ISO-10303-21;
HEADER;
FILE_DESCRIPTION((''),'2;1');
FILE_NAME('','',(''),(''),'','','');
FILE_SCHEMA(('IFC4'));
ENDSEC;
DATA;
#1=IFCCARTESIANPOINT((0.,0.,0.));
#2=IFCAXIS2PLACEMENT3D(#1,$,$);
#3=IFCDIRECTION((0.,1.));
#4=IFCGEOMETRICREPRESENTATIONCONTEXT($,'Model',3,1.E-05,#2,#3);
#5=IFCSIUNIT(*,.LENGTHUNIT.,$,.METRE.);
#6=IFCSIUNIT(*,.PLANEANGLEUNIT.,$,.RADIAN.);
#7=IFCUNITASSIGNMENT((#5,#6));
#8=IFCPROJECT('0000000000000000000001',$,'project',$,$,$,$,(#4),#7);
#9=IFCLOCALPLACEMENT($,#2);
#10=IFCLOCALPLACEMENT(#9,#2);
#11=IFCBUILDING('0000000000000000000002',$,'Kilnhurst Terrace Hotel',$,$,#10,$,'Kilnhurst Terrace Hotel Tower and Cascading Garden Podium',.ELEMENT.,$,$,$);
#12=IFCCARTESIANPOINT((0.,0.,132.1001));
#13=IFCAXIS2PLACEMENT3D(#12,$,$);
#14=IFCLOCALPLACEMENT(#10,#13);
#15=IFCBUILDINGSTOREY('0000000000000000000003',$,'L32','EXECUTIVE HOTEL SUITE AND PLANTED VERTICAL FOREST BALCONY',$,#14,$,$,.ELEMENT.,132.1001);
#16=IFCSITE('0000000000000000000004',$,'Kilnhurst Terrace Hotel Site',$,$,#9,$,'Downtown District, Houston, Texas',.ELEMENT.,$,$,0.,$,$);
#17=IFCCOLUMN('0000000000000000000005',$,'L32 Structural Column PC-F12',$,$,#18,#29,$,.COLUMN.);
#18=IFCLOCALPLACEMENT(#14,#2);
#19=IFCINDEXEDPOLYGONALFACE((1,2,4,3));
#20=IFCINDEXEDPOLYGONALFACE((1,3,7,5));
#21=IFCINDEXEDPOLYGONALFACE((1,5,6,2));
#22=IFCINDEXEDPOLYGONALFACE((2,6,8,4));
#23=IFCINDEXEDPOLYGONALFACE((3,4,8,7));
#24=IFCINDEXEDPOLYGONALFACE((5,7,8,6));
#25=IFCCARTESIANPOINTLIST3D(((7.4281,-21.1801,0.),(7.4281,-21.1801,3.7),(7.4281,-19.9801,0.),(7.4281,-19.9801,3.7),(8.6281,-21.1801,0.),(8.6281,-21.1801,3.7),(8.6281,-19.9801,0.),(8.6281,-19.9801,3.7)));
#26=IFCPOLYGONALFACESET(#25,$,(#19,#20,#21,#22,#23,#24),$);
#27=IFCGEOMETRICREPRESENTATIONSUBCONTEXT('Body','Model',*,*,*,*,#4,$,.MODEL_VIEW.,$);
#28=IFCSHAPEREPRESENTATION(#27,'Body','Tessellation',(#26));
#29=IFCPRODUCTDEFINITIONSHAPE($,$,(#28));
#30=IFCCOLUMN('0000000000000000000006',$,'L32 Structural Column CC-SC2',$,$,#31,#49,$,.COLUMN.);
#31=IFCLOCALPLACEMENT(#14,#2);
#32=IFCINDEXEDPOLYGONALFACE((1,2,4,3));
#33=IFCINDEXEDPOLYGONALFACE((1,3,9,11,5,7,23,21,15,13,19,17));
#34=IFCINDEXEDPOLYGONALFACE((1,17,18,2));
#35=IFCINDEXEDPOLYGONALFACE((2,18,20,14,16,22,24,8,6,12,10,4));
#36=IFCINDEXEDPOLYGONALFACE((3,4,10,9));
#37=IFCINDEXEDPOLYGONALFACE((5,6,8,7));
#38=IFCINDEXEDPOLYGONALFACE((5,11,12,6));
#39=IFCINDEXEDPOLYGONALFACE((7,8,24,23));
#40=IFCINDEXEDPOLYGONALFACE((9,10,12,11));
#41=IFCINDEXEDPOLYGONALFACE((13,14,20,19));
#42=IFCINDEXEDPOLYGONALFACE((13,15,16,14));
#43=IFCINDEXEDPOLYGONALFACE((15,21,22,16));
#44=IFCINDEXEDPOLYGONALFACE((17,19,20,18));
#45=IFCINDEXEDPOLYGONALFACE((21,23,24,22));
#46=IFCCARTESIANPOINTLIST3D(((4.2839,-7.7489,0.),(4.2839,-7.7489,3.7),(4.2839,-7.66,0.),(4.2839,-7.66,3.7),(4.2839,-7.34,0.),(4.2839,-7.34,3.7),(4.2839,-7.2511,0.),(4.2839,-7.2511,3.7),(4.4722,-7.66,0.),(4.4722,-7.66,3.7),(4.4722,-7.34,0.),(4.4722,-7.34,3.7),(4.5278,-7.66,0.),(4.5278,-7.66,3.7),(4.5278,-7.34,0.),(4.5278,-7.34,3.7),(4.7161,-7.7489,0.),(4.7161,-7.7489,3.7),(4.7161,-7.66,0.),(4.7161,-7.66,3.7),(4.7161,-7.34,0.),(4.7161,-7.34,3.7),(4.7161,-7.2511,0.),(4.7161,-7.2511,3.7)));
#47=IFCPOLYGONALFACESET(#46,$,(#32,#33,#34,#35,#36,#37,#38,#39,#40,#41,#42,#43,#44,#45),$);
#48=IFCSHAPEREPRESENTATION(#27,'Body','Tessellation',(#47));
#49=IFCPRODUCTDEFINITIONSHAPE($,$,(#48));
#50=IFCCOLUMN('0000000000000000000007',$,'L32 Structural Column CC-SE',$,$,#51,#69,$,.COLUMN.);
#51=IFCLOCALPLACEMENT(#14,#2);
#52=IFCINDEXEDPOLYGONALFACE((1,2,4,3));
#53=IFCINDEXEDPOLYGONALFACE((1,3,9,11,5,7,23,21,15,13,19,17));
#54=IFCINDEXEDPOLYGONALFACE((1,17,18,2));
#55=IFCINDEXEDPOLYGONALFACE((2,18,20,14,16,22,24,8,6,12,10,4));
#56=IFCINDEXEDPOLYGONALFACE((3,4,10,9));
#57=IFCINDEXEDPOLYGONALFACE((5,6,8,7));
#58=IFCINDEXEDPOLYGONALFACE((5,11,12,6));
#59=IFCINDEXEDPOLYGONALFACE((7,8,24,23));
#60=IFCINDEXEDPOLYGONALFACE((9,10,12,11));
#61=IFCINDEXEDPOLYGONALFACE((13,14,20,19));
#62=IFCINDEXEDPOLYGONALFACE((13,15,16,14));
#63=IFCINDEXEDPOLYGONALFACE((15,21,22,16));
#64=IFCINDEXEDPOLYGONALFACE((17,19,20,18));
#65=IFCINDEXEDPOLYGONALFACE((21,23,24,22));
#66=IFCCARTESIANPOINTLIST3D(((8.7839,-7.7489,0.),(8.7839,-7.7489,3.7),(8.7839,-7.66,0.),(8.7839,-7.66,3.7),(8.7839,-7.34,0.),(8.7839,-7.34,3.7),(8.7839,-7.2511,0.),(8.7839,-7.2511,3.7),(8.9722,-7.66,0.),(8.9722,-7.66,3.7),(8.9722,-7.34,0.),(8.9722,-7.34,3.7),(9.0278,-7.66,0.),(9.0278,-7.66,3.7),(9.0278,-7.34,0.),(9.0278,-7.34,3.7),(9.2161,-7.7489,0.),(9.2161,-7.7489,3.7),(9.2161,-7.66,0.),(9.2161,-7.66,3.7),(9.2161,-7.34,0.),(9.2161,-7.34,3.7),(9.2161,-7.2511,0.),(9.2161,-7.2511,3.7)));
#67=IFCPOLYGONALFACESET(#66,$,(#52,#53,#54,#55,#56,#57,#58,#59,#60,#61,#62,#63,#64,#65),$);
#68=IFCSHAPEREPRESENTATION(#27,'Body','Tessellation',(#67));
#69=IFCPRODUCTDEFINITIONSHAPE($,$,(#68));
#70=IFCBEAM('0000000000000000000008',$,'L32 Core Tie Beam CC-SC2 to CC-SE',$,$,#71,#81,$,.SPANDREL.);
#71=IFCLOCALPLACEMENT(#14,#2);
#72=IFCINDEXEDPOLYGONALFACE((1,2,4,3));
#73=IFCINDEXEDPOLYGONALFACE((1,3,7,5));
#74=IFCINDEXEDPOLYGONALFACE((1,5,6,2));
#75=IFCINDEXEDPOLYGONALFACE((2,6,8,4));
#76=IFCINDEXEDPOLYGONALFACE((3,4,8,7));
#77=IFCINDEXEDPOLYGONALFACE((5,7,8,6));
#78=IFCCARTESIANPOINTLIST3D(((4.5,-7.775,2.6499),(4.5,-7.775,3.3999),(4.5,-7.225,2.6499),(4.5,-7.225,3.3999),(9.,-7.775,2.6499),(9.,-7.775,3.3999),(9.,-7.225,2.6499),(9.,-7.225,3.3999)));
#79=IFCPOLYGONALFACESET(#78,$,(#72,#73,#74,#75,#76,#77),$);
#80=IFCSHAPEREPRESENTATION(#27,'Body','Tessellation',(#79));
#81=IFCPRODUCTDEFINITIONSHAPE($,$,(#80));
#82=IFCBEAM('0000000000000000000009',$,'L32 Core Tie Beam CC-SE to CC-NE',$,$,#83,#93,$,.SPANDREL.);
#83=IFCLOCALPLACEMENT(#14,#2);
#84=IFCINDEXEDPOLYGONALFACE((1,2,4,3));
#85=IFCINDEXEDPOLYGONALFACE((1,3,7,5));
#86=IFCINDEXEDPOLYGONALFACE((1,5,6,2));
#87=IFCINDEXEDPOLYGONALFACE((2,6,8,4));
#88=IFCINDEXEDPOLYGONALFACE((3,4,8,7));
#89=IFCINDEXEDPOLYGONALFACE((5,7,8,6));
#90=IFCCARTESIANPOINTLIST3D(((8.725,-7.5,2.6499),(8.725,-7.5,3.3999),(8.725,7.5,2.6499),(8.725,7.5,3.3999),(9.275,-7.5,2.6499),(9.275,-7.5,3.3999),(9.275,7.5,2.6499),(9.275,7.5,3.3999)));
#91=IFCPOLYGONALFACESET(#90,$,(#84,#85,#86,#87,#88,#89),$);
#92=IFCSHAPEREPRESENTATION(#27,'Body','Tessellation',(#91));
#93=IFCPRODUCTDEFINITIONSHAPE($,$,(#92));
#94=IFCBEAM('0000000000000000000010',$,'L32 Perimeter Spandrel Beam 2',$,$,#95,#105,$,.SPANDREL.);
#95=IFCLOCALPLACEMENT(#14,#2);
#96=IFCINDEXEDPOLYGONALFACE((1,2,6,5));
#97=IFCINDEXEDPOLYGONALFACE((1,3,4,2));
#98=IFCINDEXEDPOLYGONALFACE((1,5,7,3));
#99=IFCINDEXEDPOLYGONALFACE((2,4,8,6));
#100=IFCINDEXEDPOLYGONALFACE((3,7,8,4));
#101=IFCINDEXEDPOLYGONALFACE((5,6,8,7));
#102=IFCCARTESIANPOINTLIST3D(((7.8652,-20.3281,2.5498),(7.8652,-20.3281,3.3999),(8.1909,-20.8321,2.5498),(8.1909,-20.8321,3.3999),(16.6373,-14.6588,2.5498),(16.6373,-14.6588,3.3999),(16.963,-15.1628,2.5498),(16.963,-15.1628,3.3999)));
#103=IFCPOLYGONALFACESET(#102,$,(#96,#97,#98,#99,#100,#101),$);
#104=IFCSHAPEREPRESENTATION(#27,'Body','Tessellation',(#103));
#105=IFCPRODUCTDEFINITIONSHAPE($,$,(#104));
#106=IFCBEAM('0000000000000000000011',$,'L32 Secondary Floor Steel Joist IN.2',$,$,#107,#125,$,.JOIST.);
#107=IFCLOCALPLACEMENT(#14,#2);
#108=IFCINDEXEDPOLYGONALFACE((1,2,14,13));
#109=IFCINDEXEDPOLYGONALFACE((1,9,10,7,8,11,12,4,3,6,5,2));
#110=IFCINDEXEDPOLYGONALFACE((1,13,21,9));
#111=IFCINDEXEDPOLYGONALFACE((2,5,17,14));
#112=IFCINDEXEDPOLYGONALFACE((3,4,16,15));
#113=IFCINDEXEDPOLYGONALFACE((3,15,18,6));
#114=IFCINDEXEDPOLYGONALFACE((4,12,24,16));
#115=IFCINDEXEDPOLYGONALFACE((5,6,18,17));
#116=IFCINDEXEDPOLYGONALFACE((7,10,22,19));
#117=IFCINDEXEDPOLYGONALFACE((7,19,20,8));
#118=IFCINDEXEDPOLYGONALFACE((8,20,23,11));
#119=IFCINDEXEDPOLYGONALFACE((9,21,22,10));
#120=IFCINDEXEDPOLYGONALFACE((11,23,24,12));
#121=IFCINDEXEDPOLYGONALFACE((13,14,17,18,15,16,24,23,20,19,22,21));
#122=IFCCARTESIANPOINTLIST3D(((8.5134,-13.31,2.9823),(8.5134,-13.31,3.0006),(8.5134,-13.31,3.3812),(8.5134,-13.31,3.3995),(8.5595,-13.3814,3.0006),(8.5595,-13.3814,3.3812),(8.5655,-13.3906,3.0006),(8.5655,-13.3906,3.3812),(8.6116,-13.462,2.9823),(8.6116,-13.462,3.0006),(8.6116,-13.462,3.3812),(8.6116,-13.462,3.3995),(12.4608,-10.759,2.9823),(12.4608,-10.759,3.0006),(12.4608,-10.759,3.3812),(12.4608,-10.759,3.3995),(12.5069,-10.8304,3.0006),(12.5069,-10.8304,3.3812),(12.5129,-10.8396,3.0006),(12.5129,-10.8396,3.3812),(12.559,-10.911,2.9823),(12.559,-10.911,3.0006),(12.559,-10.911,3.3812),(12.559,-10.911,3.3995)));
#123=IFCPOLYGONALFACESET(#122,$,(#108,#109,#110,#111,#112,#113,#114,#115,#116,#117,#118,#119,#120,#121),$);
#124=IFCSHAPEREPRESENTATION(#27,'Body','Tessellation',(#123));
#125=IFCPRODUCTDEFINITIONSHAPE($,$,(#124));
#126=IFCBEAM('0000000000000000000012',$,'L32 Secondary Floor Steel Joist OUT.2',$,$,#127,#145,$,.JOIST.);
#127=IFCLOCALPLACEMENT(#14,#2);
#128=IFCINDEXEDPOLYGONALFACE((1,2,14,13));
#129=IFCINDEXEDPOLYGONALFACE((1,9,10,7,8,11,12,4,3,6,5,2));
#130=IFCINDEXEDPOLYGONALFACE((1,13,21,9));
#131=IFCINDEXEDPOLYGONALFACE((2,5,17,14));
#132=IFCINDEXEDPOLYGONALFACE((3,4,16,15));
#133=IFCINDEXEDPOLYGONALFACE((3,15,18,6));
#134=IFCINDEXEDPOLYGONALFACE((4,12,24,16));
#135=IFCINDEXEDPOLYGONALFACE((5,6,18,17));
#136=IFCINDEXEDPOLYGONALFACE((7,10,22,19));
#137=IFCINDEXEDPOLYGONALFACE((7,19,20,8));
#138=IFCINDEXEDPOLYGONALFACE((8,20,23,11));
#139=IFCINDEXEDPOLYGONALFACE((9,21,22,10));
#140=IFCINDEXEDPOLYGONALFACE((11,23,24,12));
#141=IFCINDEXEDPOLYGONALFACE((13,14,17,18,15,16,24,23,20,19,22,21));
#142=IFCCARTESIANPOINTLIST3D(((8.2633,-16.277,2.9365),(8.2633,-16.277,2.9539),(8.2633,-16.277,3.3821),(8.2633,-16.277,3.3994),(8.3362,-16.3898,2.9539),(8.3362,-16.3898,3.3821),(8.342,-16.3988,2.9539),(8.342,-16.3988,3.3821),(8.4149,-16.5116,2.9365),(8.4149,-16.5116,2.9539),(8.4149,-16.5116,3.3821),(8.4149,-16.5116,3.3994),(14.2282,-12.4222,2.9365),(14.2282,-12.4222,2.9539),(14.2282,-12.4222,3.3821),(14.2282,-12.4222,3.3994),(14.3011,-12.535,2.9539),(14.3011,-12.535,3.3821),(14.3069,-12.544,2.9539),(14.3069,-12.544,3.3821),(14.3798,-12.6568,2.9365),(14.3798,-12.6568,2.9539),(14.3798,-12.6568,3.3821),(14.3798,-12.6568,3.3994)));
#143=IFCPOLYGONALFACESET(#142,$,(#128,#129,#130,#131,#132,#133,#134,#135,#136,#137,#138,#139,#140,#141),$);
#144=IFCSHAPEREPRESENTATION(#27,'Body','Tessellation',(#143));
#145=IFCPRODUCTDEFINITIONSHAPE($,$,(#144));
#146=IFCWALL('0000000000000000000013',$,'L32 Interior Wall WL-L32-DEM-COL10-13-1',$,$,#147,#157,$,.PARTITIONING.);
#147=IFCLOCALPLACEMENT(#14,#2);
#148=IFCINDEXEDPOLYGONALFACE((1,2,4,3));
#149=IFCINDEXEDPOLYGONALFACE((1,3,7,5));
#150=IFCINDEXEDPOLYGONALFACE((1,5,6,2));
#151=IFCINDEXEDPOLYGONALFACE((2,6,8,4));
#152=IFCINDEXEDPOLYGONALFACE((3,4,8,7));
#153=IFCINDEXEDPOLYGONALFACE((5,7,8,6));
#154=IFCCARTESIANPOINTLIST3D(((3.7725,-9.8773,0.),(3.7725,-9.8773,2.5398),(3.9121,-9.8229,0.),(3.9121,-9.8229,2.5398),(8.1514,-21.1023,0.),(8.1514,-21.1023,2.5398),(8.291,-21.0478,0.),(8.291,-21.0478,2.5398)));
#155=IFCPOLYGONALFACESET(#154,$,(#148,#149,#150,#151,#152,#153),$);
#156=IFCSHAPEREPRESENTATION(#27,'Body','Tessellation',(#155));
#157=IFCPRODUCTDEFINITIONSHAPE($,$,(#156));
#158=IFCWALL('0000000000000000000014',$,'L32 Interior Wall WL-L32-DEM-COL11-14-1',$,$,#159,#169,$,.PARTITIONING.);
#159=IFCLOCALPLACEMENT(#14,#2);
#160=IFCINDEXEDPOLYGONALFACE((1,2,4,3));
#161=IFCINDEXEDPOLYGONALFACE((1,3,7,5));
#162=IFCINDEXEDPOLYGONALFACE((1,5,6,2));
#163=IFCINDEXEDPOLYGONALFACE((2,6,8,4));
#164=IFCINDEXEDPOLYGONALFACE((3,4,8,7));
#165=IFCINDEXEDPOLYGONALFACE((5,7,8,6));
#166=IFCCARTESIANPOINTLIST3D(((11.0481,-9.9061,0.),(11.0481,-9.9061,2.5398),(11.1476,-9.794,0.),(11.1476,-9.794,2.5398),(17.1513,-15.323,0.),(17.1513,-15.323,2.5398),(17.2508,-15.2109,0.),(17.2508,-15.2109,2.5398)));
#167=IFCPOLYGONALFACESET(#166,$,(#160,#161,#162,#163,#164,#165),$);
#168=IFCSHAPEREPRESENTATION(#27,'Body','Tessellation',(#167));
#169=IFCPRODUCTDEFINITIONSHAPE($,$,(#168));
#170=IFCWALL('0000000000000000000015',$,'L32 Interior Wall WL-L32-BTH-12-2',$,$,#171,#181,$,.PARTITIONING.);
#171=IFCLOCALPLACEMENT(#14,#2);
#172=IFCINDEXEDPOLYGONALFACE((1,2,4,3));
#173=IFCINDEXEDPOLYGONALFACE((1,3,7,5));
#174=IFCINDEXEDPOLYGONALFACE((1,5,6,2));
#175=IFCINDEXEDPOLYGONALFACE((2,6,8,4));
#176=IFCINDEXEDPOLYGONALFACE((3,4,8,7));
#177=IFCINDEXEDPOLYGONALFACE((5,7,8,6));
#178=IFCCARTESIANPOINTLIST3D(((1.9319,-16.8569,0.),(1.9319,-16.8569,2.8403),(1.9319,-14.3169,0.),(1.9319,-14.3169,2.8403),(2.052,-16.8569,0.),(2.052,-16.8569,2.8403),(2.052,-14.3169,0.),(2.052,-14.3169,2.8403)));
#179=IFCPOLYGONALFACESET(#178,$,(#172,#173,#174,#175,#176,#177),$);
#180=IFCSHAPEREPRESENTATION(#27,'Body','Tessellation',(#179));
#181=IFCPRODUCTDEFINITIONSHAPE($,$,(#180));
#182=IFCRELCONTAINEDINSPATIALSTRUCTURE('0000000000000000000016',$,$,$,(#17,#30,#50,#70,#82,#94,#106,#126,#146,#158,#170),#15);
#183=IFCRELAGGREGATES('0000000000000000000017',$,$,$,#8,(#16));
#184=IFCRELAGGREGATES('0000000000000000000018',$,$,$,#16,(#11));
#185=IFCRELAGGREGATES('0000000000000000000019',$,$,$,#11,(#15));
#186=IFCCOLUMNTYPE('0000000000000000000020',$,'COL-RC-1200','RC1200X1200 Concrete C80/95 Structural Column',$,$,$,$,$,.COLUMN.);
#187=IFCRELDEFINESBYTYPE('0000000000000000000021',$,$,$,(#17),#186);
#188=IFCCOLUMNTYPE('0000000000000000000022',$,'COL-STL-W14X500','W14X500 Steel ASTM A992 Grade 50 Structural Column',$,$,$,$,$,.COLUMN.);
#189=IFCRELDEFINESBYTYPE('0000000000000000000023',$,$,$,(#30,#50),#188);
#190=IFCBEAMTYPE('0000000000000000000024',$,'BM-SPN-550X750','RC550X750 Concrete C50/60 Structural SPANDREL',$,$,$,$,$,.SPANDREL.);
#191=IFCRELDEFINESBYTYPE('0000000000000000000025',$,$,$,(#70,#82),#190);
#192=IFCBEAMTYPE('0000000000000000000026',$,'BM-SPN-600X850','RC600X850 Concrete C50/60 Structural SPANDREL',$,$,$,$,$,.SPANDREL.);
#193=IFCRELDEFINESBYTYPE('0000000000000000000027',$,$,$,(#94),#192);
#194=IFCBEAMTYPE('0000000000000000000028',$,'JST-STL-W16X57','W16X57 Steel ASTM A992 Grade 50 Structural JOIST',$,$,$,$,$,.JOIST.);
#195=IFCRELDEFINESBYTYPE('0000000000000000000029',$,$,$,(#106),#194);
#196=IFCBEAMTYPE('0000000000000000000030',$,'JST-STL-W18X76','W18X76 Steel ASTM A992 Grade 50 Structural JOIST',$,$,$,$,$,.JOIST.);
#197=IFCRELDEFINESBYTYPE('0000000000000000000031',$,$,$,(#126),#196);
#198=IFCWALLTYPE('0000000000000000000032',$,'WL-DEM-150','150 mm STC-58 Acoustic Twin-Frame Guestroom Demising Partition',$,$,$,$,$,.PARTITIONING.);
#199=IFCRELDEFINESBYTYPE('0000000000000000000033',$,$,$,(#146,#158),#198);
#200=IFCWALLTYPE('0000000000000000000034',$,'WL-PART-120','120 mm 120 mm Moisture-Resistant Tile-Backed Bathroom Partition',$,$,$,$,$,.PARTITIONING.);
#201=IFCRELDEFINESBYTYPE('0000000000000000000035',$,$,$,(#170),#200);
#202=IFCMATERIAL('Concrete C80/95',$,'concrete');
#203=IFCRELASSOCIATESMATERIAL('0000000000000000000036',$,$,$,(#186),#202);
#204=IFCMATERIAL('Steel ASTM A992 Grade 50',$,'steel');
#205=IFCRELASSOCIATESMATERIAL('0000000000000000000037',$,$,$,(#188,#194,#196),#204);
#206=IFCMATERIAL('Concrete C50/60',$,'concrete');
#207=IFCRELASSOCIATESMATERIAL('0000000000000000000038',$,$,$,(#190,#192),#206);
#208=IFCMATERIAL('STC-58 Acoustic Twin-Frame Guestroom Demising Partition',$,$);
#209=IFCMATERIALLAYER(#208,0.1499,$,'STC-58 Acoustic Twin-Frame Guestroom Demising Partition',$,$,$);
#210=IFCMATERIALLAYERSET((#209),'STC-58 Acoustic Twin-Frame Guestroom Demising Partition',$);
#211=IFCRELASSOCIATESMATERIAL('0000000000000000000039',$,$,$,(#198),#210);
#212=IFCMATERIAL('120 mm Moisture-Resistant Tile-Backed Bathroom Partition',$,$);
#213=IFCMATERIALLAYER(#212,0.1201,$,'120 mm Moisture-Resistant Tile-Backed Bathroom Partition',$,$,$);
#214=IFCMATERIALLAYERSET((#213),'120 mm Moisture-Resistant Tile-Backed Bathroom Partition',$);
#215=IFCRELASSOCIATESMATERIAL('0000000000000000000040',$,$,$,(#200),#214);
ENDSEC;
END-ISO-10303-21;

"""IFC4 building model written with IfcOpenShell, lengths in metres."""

from ifc_helpers import new_model, si_unit, direction, frame, frame_2d, origin, origin_2d, place, context, subcontext, project, spatial, rectangle, i_section, extrude, material, layer, layer_set, material_profile, profile_set, type_object, element, save


model = new_model("IFC4")

# Units and contexts
model_context = context("Model", 3, precision=1e-05, world=origin(), true_north=direction((0.0, 1.0)))
body_context = subcontext(model_context, "Body", "Model", "MODEL_VIEW")
ifc_project = project(units=[si_unit("LENGTHUNIT", "METRE"), si_unit("PLANEANGLEUNIT", "RADIAN")], contexts=[model_context])

# Site, building, storey
site_placement = place(None, origin())
site = spatial("IfcSite", under=ifc_project, at=site_placement, Name="Kilnhurst Terrace Hotel Site", LongName="Downtown District, Houston, Texas", CompositionType="ELEMENT", RefElevation=0.0)
building_placement = place(site_placement, origin())
building = spatial("IfcBuilding", under=site, at=building_placement, Name="Kilnhurst Terrace Hotel", LongName="Kilnhurst Terrace Hotel Tower and Cascading Garden Podium", CompositionType="ELEMENT")
storey_placement = place(building_placement, frame((0.0, 0.0, 132.1001)))
storey = spatial("IfcBuildingStorey", under=building, at=storey_placement, Name="L32", Description="EXECUTIVE HOTEL SUITE AND PLANTED VERTICAL FOREST BALCONY", CompositionType="ELEMENT", Elevation=132.1001)

# Columns
ifc_material_1 = material(Name="Concrete C80/95", Category="concrete")
ifc_material_profile_1 = material_profile(ifc_material_1, rectangle(XDim=1.2, YDim=1.2, at=origin_2d()), Name="RC1200X1200")
ifc_profile_set_1 = profile_set([ifc_material_profile_1], Name="Concrete C80/95")
column_type_1 = type_object("IfcColumnType", Name="COL-RC-1200", Description="RC1200X1200 Concrete C80/95 Structural Column", PredefinedType="COLUMN", material=ifc_profile_set_1)
column_placement = place(storey_placement, frame((8.0281, -20.5801, 0.0), z_axis=(0.0, 0.0, 1.0), x_axis=(1.0, 0.0, 0.0)))
element("IfcColumn", 1, at=column_placement, inside=storey, type_object=column_type_1, Name="L32 Structural Column PC-F12", PredefinedType="COLUMN", context=body_context, shape_type="SweptSolid", body=[
    extrude(rectangle(XDim=1.2, YDim=1.2, at=origin_2d()), origin(), (0.0, 0.0, 1.0), 3.7),
])
ifc_material_2 = material(Name="Steel ASTM A992 Grade 50", Category="steel")
ifc_material_profile_2 = material_profile(ifc_material_2, i_section(OverallWidth=0.4321, OverallDepth=0.4978, WebThickness=0.0557, FlangeThickness=0.0889, at=origin_2d()), Name="W14X500")
ifc_profile_set_2 = profile_set([ifc_material_profile_2], Name="Steel ASTM A992 Grade 50")
column_type_2 = type_object("IfcColumnType", Name="COL-STL-W14X500", Description="W14X500 Steel ASTM A992 Grade 50 Structural Column", PredefinedType="COLUMN", material=ifc_profile_set_2)
for number, where, z_axis, x_axis, name in (
    (2, (4.5, -7.5, 0.0), (0.0, 0.0, 1.0), (1.0, 0.0, 0.0), "L32 Structural Column CC-SC2"),
    (3, (9.0, -7.5, 0.0), (0.0, 0.0, 1.0), (1.0, 0.0, 0.0), "L32 Structural Column CC-SE"),
):
    element("IfcColumn", number, at=place(storey_placement, frame(where, z_axis=z_axis, x_axis=x_axis)), inside=storey, type_object=column_type_2, Name=name, PredefinedType="COLUMN", context=body_context, shape_type="SweptSolid", body=[
        extrude(i_section(OverallWidth=0.4321, OverallDepth=0.4978, WebThickness=0.0557, FlangeThickness=0.0889, at=origin_2d()), origin(), (0.0, 0.0, 1.0), 3.7),
    ])

# Beams
ifc_material_3 = material(Name="Concrete C50/60", Category="concrete")
ifc_material_profile_3 = material_profile(ifc_material_3, rectangle(XDim=0.55, YDim=0.75, at=origin_2d()), Name="RC550X750")
ifc_profile_set_3 = profile_set([ifc_material_profile_3], Name="Concrete C50/60")
beam_type_1 = type_object("IfcBeamType", Name="BM-SPN-550X750", Description="RC550X750 Concrete C50/60 Structural SPANDREL", PredefinedType="SPANDREL", material=ifc_profile_set_3)
beam_1_placement = place(storey_placement, frame((4.5, -7.5, 3.0249), z_axis=(1.0, 0.0, 0.0), x_axis=(0.0, 1.0, 0.0)))
element("IfcBeam", 4, at=beam_1_placement, inside=storey, type_object=beam_type_1, Name="L32 Core Tie Beam CC-SC2 to CC-SE", PredefinedType="SPANDREL", context=body_context, shape_type="SweptSolid", body=[
    extrude(rectangle(XDim=0.55, YDim=0.75, at=origin_2d()), origin(), (0.0, 0.0, 1.0), 4.5),
])
beam_2_placement = place(storey_placement, frame((9.0, -7.5, 3.0249), z_axis=(0.0, 1.0, 0.0), x_axis=(-1.0, 0.0, 0.0)))
element("IfcBeam", 5, at=beam_2_placement, inside=storey, type_object=beam_type_1, Name="L32 Core Tie Beam CC-SE to CC-NE", PredefinedType="SPANDREL", context=body_context, shape_type="SweptSolid", body=[
    extrude(rectangle(XDim=0.55, YDim=0.75, at=origin_2d()), origin(), (0.0, 0.0, 1.0), 15.0),
])
ifc_material_profile_4 = material_profile(ifc_material_3, rectangle(XDim=0.6001, YDim=0.8501, at=origin_2d()), Name="RC600X850")
ifc_profile_set_4 = profile_set([ifc_material_profile_4], Name="Concrete C50/60")
beam_type_2 = type_object("IfcBeamType", Name="BM-SPN-600X850", Description="RC600X850 Concrete C50/60 Structural SPANDREL", PredefinedType="SPANDREL", material=ifc_profile_set_4)
beam_3_placement = place(storey_placement, frame((8.0281, -20.5801, 2.9749), z_axis=(0.839867, 0.542793, 0.0), x_axis=(-0.542793, 0.839867, 0.0)))
element("IfcBeam", 6, at=beam_3_placement, inside=storey, type_object=beam_type_2, Name="L32 Perimeter Spandrel Beam 2", PredefinedType="SPANDREL", context=body_context, shape_type="SweptSolid", body=[
    extrude(rectangle(XDim=0.6001, YDim=0.8501, at=origin_2d()), origin(), (0.0, 0.0, 1.0), 10.4446),
])
ifc_material_profile_5 = material_profile(ifc_material_2, i_section(OverallWidth=0.1809, OverallDepth=0.4172, WebThickness=0.011, FlangeThickness=0.0183, at=origin_2d()), Name="W16X57")
ifc_profile_set_5 = profile_set([ifc_material_profile_5], Name="Steel ASTM A992 Grade 50")
beam_type_3 = type_object("IfcBeamType", Name="JST-STL-W16X57", Description="W16X57 Steel ASTM A992 Grade 50 Structural JOIST", PredefinedType="JOIST", material=ifc_profile_set_5)
beam_4_placement = place(storey_placement, frame((8.5625, -13.386, 3.1909), z_axis=(0.839885, 0.542764, 0.0), x_axis=(-0.542764, 0.839885, 0.0)))
element("IfcBeam", 7, at=beam_4_placement, inside=storey, type_object=beam_type_3, Name="L32 Secondary Floor Steel Joist IN.2", PredefinedType="JOIST", context=body_context, shape_type="SweptSolid", body=[
    extrude(i_section(OverallWidth=0.1809, OverallDepth=0.4172, WebThickness=0.011, FlangeThickness=0.0183, at=origin_2d()), origin(), (0.0, 0.0, 1.0), 4.7),
])
ifc_material_profile_6 = material_profile(ifc_material_2, i_section(OverallWidth=0.2793, OverallDepth=0.4629, WebThickness=0.0107, FlangeThickness=0.0173, at=origin_2d()), Name="W18X76")
ifc_profile_set_6 = profile_set([ifc_material_profile_6], Name="Steel ASTM A992 Grade 50")
beam_type_4 = type_object("IfcBeamType", Name="JST-STL-W18X76", Description="W18X76 Steel ASTM A992 Grade 50 Structural JOIST", PredefinedType="JOIST", material=ifc_profile_set_6)
beam_5_placement = place(storey_placement, frame((8.3391, -16.3943, 3.168), z_axis=(0.839883, 0.542768, 0.0), x_axis=(-0.542768, 0.839883, 0.0)))
element("IfcBeam", 8, at=beam_5_placement, inside=storey, type_object=beam_type_4, Name="L32 Secondary Floor Steel Joist OUT.2", PredefinedType="JOIST", context=body_context, shape_type="SweptSolid", body=[
    extrude(i_section(OverallWidth=0.2793, OverallDepth=0.4629, WebThickness=0.0107, FlangeThickness=0.0173, at=origin_2d()), origin(), (0.0, 0.0, 1.0), 7.1021),
])

# Walls
ifc_material_4 = material(Name="STC-58 Acoustic Twin-Frame Guestroom Demising Partition")
ifc_layer_1 = layer(ifc_material_4, 0.1499, Name="STC-58 Acoustic Twin-Frame Guestroom Demising Partition")
ifc_layer_set_1 = layer_set([ifc_layer_1], Name="STC-58 Acoustic Twin-Frame Guestroom Demising Partition")
wall_type_1 = type_object("IfcWallType", Name="WL-DEM-150", Description="150 mm STC-58 Acoustic Twin-Frame Guestroom Demising Partition", PredefinedType="PARTITIONING", material=ifc_layer_set_1)
wall_1_placement = place(storey_placement, frame((3.8423, -9.8501, 0.0), z_axis=(0.0, 0.0, 1.0), x_axis=(0.363433, -0.93162, 0.0)))
element("IfcWall", 9, at=wall_1_placement, inside=storey, type_object=wall_type_1, Name="L32 Interior Wall WL-L32-DEM-COL10-13-1", PredefinedType="PARTITIONING", context=body_context, shape_type="SweptSolid", body=[
    extrude(rectangle(XDim=12.0488, YDim=0.1499, at=frame_2d((6.0244, 0.0))), origin(), (0.0, 0.0, 1.0), 2.5398),
])
wall_2_placement = place(storey_placement, frame((11.0979, -9.8501, 0.0), z_axis=(0.0, 0.0, 1.0), x_axis=(0.747904, -0.663807, 0.0)))
element("IfcWall", 10, at=wall_2_placement, inside=storey, type_object=wall_type_1, Name="L32 Interior Wall WL-L32-DEM-COL11-14-1", PredefinedType="PARTITIONING", context=body_context, shape_type="SweptSolid", body=[
    extrude(rectangle(XDim=8.1604, YDim=0.1499, at=frame_2d((4.0801, 0.0))), origin(), (0.0, 0.0, 1.0), 2.5398),
])
ifc_material_5 = material(Name="120 mm Moisture-Resistant Tile-Backed Bathroom Partition")
ifc_layer_2 = layer(ifc_material_5, 0.1201, Name="120 mm Moisture-Resistant Tile-Backed Bathroom Partition")
ifc_layer_set_2 = layer_set([ifc_layer_2], Name="120 mm Moisture-Resistant Tile-Backed Bathroom Partition")
wall_type_2 = type_object("IfcWallType", Name="WL-PART-120", Description="120 mm 120 mm Moisture-Resistant Tile-Backed Bathroom Partition", PredefinedType="PARTITIONING", material=ifc_layer_set_2)
wall_3_placement = place(storey_placement, frame((1.9919, -16.8569, 0.0), z_axis=(0.0, 0.0, 1.0), x_axis=(0.0, 1.0, 0.0)))
element("IfcWall", 11, at=wall_3_placement, inside=storey, type_object=wall_type_2, Name="L32 Interior Wall WL-L32-BTH-12-2", PredefinedType="PARTITIONING", context=body_context, shape_type="SweptSolid", body=[
    extrude(rectangle(XDim=2.54, YDim=0.1201, at=frame_2d((1.27, 0.0))), origin(), (0.0, 0.0, 1.0), 2.8403),
])

save(model, "model.ifc")
